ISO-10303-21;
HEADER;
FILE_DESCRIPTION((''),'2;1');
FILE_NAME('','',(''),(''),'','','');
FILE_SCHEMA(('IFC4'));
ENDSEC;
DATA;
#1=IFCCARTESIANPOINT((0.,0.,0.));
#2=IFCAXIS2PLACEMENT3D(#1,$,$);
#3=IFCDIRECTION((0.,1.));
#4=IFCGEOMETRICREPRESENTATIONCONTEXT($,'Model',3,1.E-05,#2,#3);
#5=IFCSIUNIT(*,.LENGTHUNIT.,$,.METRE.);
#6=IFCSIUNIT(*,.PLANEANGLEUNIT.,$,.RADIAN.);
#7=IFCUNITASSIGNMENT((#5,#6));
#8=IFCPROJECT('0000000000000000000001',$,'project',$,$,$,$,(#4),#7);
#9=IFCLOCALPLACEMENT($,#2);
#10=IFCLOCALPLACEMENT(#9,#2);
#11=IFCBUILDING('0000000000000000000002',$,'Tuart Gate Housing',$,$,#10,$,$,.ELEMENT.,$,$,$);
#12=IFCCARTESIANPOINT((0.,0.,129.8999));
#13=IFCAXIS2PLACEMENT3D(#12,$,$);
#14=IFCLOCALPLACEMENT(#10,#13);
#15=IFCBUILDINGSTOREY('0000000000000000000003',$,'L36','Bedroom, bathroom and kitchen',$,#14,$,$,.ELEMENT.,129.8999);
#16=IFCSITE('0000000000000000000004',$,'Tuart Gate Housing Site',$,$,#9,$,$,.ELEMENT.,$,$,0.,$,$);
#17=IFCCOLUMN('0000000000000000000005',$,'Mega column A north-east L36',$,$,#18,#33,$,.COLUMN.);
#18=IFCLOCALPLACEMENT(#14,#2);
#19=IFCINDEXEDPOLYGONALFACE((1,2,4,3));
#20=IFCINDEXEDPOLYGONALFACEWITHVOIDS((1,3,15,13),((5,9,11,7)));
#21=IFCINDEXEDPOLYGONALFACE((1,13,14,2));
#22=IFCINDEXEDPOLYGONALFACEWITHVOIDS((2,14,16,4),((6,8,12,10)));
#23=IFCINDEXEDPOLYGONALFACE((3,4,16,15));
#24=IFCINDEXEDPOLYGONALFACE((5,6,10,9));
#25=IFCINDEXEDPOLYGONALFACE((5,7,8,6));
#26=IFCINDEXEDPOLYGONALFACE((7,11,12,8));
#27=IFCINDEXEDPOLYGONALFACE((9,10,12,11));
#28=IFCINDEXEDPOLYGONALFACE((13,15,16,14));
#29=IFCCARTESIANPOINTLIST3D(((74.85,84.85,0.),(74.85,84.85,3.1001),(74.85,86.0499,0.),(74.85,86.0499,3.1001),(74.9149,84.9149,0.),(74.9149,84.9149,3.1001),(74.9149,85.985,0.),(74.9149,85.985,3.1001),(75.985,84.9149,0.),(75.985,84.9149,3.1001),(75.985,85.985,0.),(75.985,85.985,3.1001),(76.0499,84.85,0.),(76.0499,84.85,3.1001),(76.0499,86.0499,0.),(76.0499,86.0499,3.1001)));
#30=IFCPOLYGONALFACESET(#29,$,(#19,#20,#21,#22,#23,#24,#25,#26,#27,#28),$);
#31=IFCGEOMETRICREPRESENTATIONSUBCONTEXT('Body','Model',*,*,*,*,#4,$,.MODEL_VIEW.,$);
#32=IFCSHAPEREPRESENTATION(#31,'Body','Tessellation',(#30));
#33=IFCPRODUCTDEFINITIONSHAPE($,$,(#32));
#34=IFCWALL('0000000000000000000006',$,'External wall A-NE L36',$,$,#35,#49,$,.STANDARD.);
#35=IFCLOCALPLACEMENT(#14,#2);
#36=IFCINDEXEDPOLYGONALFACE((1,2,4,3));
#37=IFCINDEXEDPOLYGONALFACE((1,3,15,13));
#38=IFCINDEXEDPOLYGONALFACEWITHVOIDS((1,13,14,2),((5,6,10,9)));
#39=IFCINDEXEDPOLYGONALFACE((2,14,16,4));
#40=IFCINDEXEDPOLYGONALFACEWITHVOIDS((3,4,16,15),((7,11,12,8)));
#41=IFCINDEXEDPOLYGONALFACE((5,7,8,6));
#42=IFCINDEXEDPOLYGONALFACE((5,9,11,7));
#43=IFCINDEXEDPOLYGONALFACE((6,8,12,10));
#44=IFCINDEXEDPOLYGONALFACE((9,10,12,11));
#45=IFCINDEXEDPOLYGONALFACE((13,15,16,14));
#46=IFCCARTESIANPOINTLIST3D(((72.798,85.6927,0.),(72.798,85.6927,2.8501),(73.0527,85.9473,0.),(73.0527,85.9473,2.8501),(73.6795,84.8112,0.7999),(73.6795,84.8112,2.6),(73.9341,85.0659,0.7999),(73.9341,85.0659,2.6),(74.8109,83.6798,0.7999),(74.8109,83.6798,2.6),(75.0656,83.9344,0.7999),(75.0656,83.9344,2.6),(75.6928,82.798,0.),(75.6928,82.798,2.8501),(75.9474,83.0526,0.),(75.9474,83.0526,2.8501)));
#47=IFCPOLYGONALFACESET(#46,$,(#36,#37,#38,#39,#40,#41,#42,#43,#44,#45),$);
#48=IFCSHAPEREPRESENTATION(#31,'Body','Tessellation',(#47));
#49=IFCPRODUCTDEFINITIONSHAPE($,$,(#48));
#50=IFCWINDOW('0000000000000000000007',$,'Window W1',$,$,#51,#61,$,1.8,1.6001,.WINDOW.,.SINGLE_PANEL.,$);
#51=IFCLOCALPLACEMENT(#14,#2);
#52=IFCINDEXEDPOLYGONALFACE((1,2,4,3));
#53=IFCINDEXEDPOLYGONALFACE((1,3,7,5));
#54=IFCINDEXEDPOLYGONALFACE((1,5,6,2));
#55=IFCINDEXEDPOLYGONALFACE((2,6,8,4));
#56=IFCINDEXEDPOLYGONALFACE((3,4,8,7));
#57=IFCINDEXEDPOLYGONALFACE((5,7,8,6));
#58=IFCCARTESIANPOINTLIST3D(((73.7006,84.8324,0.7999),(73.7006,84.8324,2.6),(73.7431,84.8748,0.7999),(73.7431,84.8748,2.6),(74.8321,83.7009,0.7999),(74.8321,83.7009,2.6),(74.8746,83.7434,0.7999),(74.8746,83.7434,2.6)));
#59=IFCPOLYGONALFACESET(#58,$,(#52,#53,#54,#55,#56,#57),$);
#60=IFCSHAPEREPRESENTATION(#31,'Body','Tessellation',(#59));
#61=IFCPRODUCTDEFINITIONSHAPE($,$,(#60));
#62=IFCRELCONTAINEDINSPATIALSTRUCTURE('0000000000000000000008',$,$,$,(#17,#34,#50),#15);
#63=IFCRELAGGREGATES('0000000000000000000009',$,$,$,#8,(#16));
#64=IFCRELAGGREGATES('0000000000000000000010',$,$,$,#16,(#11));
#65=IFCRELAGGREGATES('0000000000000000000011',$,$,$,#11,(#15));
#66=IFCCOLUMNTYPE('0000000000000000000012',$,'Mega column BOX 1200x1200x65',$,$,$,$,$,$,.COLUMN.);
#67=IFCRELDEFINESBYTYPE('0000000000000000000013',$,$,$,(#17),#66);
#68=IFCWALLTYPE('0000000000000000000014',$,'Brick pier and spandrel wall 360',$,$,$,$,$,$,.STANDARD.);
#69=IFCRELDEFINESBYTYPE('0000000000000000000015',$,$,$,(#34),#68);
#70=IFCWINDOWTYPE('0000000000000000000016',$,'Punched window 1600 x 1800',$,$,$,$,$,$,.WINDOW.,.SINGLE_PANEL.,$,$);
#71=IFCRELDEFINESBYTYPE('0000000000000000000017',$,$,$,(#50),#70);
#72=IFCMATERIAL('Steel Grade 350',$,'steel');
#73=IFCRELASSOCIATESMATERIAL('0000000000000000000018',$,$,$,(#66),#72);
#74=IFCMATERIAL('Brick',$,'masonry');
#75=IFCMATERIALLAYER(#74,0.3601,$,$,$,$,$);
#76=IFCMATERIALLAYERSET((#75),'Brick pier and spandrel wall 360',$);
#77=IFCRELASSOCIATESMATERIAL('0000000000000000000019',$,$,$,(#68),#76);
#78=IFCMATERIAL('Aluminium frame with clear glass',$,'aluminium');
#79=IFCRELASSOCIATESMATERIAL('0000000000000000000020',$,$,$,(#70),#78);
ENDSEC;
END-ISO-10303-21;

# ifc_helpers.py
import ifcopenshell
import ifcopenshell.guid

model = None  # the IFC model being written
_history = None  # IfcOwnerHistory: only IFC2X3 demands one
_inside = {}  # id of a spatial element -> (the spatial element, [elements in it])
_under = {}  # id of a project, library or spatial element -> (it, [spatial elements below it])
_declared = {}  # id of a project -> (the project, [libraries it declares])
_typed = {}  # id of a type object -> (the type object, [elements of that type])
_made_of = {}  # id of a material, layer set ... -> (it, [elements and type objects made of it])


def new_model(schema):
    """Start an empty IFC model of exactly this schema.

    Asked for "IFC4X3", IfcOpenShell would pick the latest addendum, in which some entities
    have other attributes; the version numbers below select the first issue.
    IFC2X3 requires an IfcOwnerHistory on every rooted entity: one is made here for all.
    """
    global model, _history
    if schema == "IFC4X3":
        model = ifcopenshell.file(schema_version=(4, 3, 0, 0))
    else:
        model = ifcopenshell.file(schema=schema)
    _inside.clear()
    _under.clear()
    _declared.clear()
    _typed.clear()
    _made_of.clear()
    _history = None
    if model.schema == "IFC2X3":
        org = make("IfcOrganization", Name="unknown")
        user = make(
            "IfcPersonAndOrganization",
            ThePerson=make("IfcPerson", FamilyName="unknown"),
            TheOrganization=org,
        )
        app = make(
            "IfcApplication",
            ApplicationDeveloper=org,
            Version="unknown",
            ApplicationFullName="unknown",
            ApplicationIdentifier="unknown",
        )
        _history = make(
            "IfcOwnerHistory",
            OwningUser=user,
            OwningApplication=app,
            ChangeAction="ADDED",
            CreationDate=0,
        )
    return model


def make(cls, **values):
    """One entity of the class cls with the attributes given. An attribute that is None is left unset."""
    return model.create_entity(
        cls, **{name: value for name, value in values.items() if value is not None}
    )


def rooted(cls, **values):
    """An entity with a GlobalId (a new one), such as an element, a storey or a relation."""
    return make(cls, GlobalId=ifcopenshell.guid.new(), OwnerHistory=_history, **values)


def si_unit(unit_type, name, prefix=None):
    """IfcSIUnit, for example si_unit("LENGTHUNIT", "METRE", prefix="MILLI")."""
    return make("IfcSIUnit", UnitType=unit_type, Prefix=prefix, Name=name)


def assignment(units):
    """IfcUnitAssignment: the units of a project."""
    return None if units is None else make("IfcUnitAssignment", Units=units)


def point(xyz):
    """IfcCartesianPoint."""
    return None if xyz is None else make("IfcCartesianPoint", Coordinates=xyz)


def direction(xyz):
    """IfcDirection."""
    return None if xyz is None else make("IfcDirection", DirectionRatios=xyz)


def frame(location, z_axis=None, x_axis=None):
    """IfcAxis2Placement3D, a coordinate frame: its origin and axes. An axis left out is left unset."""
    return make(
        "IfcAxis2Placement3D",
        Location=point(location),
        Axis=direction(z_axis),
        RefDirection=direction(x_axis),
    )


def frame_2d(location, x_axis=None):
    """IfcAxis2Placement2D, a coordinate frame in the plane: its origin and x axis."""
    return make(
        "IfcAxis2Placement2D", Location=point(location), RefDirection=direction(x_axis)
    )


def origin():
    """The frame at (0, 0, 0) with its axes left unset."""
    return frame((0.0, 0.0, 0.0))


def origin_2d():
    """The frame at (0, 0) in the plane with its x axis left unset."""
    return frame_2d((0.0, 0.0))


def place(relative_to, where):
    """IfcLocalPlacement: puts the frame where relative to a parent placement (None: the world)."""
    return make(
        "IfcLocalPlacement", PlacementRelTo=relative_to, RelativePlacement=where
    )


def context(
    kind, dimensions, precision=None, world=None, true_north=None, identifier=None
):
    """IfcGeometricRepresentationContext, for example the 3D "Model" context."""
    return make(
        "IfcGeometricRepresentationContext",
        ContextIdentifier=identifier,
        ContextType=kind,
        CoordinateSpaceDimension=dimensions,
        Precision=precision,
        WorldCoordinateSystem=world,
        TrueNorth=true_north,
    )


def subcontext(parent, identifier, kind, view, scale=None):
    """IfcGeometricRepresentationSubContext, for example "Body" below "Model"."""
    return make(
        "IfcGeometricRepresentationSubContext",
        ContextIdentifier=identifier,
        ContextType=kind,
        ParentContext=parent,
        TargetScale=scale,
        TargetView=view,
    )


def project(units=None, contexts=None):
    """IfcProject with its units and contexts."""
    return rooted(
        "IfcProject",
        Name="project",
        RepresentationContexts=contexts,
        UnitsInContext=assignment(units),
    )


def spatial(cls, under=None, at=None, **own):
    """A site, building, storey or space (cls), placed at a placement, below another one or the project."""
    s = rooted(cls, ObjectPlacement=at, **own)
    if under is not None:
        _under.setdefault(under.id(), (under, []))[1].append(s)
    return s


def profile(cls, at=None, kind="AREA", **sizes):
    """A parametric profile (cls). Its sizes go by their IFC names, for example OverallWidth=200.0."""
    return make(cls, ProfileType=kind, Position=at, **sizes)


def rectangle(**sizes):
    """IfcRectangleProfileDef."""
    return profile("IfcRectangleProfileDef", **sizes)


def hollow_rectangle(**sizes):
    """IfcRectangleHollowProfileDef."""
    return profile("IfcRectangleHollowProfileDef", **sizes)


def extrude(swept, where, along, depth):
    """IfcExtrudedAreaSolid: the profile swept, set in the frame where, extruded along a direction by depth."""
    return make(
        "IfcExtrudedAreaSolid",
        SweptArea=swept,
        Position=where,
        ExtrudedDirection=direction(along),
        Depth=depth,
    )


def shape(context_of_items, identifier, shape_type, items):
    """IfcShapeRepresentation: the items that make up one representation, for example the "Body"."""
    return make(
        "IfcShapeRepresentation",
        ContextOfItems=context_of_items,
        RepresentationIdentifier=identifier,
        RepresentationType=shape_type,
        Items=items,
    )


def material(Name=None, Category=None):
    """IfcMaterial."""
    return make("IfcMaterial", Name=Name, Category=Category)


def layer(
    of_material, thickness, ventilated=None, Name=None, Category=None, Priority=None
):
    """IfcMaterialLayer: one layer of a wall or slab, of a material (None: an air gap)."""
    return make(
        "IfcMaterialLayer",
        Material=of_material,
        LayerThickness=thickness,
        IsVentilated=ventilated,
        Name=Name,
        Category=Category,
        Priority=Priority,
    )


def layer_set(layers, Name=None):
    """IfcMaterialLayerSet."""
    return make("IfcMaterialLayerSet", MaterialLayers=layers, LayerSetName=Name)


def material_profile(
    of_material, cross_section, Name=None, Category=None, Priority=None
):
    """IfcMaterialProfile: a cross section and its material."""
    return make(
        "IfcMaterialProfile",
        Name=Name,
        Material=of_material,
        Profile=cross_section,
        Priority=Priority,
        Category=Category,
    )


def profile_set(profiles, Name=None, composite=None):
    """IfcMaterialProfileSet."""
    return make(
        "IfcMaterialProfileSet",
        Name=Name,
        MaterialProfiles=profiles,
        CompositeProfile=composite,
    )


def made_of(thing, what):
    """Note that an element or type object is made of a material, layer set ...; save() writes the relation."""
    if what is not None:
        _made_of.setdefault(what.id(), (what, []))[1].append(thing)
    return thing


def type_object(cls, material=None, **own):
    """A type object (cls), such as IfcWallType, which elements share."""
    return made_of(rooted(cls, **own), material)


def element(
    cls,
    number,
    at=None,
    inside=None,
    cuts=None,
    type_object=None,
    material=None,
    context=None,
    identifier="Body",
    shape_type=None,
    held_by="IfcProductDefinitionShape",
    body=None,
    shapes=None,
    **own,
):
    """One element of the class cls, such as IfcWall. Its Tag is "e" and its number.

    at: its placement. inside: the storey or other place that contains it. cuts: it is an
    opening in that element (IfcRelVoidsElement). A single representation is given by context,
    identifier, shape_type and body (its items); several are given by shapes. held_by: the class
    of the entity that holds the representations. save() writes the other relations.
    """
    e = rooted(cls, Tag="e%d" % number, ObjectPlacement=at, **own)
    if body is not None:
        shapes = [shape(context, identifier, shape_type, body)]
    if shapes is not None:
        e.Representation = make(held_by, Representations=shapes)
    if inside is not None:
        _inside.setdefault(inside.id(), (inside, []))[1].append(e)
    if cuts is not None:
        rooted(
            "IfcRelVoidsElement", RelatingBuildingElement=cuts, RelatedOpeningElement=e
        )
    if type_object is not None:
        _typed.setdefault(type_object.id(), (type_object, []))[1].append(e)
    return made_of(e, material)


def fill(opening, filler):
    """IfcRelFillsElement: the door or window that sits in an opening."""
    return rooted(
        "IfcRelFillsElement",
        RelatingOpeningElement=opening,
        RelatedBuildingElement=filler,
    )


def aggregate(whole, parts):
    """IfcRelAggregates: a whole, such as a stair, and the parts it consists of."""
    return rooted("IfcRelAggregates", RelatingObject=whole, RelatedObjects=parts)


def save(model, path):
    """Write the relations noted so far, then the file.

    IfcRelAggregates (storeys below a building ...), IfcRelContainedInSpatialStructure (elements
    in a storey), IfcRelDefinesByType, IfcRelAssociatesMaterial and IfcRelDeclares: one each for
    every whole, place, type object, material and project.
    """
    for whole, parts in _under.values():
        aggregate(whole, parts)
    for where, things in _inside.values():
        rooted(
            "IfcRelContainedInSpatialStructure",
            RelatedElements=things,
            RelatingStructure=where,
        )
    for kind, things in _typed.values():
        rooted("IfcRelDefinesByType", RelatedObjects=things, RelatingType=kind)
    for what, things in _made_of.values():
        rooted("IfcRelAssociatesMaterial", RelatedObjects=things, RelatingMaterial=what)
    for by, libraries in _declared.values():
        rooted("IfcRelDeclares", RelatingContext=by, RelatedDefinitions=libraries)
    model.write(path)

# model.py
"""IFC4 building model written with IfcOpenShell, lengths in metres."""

from ifc_helpers import new_model, si_unit, direction, frame, frame_2d, origin, origin_2d, place, context, subcontext, project, spatial, rectangle, hollow_rectangle, extrude, material, layer, layer_set, material_profile, profile_set, type_object, element, fill, save


model = new_model("IFC4")

# Units and contexts
model_context = context("Model", 3, precision=1e-05, world=origin(), true_north=direction((0.0, 1.0)))
body_context = subcontext(model_context, "Body", "Model", "MODEL_VIEW")
ifc_project = project(units=[si_unit("LENGTHUNIT", "METRE"), si_unit("PLANEANGLEUNIT", "RADIAN")], contexts=[model_context])

# Site, building, storey
site_placement = place(None, origin())
site = spatial("IfcSite", under=ifc_project, at=site_placement, Name="Tuart Gate Housing Site", CompositionType="ELEMENT", RefElevation=0.0)
building_placement = place(site_placement, origin())
building = spatial("IfcBuilding", under=site, at=building_placement, Name="Tuart Gate Housing", CompositionType="ELEMENT")
storey_placement = place(building_placement, frame((0.0, 0.0, 129.8999)))
storey = spatial("IfcBuildingStorey", under=building, at=storey_placement, Name="L36", Description="Bedroom, bathroom and kitchen", CompositionType="ELEMENT", Elevation=129.8999)

# Column
ifc_material_1 = material(Name="Steel Grade 350", Category="steel")
ifc_material_profile = material_profile(ifc_material_1, hollow_rectangle(XDim=1.2, YDim=1.2, WallThickness=0.0649, at=origin_2d()), Name="BOX 1200x1200x65")
ifc_profile_set = profile_set([ifc_material_profile], Name="Steel Grade 350")
column_type = type_object("IfcColumnType", Name="Mega column BOX 1200x1200x65", PredefinedType="COLUMN", material=ifc_profile_set)
column_placement = place(storey_placement, frame((75.45, 85.45, 0.0), z_axis=(0.0, 0.0, 1.0), x_axis=(1.0, 0.0, 0.0)))
element("IfcColumn", 1, at=column_placement, inside=storey, type_object=column_type, Name="Mega column A north-east L36", PredefinedType="COLUMN", context=body_context, shape_type="SweptSolid", body=[
    extrude(hollow_rectangle(XDim=1.2, YDim=1.2, WallThickness=0.0649, at=origin_2d()), origin(), (0.0, 0.0, 1.0), 3.1001),
])

# Wall, opening, window
ifc_material_2 = material(Name="Brick", Category="masonry")
ifc_layer = layer(ifc_material_2, 0.3601)
ifc_layer_set = layer_set([ifc_layer], Name="Brick pier and spandrel wall 360")
wall_type = type_object("IfcWallType", Name="Brick pier and spandrel wall 360", PredefinedType="STANDARD", material=ifc_layer_set)
wall_placement = place(storey_placement, frame((75.8201, 82.9253, 0.0), z_axis=(0.0, 0.0, 1.0), x_axis=(-0.707107, 0.707107, 0.0)))
wall = element("IfcWall", 2, at=wall_placement, inside=storey, type_object=wall_type, Name="External wall A-NE L36", PredefinedType="STANDARD", context=body_context, shape_type="SweptSolid", body=[
    extrude(rectangle(XDim=4.0938, YDim=0.3601, at=frame_2d((2.0469, 0.0))), origin(), (0.0, 0.0, 1.0), 2.8501),
])
opening_placement = place(wall_placement, frame((1.2471, 0.0, 0.8)))
opening = element("IfcOpeningElement", 3, at=opening_placement, cuts=wall, PredefinedType="OPENING", context=body_context, shape_type="SweptSolid", body=[
    extrude(rectangle(XDim=1.6001, YDim=1.8, at=frame_2d((0.8, 0.8999))), frame((0.0, 0.1899, 0.0), z_axis=(0.0, -1.0, 0.0), x_axis=(1.0, 0.0, 0.0)), (0.0, 0.0, 1.0), 0.3801),
])
ifc_material_3 = material(Name="Aluminium frame with clear glass", Category="aluminium")
window_type = type_object("IfcWindowType", Name="Punched window 1600 x 1800", PartitioningType="SINGLE_PANEL", PredefinedType="WINDOW", material=ifc_material_3)
window_placement = place(opening_placement, origin())
window = element("IfcWindow", 4, at=window_placement, inside=storey, type_object=window_type, Name="Window W1", OverallHeight=1.8, OverallWidth=1.6001, PartitioningType="SINGLE_PANEL", PredefinedType="WINDOW", context=body_context, shape_type="SweptSolid", body=[
    extrude(rectangle(XDim=1.6001, YDim=1.8, at=frame_2d((0.8, 0.8999))), frame((0.0, 0.1501, 0.0), z_axis=(0.0, -1.0, 0.0), x_axis=(1.0, 0.0, 0.0)), (0.0, 0.0, 1.0), 0.0601),
])
fill(opening, window)

save(model, "model.ifc")
